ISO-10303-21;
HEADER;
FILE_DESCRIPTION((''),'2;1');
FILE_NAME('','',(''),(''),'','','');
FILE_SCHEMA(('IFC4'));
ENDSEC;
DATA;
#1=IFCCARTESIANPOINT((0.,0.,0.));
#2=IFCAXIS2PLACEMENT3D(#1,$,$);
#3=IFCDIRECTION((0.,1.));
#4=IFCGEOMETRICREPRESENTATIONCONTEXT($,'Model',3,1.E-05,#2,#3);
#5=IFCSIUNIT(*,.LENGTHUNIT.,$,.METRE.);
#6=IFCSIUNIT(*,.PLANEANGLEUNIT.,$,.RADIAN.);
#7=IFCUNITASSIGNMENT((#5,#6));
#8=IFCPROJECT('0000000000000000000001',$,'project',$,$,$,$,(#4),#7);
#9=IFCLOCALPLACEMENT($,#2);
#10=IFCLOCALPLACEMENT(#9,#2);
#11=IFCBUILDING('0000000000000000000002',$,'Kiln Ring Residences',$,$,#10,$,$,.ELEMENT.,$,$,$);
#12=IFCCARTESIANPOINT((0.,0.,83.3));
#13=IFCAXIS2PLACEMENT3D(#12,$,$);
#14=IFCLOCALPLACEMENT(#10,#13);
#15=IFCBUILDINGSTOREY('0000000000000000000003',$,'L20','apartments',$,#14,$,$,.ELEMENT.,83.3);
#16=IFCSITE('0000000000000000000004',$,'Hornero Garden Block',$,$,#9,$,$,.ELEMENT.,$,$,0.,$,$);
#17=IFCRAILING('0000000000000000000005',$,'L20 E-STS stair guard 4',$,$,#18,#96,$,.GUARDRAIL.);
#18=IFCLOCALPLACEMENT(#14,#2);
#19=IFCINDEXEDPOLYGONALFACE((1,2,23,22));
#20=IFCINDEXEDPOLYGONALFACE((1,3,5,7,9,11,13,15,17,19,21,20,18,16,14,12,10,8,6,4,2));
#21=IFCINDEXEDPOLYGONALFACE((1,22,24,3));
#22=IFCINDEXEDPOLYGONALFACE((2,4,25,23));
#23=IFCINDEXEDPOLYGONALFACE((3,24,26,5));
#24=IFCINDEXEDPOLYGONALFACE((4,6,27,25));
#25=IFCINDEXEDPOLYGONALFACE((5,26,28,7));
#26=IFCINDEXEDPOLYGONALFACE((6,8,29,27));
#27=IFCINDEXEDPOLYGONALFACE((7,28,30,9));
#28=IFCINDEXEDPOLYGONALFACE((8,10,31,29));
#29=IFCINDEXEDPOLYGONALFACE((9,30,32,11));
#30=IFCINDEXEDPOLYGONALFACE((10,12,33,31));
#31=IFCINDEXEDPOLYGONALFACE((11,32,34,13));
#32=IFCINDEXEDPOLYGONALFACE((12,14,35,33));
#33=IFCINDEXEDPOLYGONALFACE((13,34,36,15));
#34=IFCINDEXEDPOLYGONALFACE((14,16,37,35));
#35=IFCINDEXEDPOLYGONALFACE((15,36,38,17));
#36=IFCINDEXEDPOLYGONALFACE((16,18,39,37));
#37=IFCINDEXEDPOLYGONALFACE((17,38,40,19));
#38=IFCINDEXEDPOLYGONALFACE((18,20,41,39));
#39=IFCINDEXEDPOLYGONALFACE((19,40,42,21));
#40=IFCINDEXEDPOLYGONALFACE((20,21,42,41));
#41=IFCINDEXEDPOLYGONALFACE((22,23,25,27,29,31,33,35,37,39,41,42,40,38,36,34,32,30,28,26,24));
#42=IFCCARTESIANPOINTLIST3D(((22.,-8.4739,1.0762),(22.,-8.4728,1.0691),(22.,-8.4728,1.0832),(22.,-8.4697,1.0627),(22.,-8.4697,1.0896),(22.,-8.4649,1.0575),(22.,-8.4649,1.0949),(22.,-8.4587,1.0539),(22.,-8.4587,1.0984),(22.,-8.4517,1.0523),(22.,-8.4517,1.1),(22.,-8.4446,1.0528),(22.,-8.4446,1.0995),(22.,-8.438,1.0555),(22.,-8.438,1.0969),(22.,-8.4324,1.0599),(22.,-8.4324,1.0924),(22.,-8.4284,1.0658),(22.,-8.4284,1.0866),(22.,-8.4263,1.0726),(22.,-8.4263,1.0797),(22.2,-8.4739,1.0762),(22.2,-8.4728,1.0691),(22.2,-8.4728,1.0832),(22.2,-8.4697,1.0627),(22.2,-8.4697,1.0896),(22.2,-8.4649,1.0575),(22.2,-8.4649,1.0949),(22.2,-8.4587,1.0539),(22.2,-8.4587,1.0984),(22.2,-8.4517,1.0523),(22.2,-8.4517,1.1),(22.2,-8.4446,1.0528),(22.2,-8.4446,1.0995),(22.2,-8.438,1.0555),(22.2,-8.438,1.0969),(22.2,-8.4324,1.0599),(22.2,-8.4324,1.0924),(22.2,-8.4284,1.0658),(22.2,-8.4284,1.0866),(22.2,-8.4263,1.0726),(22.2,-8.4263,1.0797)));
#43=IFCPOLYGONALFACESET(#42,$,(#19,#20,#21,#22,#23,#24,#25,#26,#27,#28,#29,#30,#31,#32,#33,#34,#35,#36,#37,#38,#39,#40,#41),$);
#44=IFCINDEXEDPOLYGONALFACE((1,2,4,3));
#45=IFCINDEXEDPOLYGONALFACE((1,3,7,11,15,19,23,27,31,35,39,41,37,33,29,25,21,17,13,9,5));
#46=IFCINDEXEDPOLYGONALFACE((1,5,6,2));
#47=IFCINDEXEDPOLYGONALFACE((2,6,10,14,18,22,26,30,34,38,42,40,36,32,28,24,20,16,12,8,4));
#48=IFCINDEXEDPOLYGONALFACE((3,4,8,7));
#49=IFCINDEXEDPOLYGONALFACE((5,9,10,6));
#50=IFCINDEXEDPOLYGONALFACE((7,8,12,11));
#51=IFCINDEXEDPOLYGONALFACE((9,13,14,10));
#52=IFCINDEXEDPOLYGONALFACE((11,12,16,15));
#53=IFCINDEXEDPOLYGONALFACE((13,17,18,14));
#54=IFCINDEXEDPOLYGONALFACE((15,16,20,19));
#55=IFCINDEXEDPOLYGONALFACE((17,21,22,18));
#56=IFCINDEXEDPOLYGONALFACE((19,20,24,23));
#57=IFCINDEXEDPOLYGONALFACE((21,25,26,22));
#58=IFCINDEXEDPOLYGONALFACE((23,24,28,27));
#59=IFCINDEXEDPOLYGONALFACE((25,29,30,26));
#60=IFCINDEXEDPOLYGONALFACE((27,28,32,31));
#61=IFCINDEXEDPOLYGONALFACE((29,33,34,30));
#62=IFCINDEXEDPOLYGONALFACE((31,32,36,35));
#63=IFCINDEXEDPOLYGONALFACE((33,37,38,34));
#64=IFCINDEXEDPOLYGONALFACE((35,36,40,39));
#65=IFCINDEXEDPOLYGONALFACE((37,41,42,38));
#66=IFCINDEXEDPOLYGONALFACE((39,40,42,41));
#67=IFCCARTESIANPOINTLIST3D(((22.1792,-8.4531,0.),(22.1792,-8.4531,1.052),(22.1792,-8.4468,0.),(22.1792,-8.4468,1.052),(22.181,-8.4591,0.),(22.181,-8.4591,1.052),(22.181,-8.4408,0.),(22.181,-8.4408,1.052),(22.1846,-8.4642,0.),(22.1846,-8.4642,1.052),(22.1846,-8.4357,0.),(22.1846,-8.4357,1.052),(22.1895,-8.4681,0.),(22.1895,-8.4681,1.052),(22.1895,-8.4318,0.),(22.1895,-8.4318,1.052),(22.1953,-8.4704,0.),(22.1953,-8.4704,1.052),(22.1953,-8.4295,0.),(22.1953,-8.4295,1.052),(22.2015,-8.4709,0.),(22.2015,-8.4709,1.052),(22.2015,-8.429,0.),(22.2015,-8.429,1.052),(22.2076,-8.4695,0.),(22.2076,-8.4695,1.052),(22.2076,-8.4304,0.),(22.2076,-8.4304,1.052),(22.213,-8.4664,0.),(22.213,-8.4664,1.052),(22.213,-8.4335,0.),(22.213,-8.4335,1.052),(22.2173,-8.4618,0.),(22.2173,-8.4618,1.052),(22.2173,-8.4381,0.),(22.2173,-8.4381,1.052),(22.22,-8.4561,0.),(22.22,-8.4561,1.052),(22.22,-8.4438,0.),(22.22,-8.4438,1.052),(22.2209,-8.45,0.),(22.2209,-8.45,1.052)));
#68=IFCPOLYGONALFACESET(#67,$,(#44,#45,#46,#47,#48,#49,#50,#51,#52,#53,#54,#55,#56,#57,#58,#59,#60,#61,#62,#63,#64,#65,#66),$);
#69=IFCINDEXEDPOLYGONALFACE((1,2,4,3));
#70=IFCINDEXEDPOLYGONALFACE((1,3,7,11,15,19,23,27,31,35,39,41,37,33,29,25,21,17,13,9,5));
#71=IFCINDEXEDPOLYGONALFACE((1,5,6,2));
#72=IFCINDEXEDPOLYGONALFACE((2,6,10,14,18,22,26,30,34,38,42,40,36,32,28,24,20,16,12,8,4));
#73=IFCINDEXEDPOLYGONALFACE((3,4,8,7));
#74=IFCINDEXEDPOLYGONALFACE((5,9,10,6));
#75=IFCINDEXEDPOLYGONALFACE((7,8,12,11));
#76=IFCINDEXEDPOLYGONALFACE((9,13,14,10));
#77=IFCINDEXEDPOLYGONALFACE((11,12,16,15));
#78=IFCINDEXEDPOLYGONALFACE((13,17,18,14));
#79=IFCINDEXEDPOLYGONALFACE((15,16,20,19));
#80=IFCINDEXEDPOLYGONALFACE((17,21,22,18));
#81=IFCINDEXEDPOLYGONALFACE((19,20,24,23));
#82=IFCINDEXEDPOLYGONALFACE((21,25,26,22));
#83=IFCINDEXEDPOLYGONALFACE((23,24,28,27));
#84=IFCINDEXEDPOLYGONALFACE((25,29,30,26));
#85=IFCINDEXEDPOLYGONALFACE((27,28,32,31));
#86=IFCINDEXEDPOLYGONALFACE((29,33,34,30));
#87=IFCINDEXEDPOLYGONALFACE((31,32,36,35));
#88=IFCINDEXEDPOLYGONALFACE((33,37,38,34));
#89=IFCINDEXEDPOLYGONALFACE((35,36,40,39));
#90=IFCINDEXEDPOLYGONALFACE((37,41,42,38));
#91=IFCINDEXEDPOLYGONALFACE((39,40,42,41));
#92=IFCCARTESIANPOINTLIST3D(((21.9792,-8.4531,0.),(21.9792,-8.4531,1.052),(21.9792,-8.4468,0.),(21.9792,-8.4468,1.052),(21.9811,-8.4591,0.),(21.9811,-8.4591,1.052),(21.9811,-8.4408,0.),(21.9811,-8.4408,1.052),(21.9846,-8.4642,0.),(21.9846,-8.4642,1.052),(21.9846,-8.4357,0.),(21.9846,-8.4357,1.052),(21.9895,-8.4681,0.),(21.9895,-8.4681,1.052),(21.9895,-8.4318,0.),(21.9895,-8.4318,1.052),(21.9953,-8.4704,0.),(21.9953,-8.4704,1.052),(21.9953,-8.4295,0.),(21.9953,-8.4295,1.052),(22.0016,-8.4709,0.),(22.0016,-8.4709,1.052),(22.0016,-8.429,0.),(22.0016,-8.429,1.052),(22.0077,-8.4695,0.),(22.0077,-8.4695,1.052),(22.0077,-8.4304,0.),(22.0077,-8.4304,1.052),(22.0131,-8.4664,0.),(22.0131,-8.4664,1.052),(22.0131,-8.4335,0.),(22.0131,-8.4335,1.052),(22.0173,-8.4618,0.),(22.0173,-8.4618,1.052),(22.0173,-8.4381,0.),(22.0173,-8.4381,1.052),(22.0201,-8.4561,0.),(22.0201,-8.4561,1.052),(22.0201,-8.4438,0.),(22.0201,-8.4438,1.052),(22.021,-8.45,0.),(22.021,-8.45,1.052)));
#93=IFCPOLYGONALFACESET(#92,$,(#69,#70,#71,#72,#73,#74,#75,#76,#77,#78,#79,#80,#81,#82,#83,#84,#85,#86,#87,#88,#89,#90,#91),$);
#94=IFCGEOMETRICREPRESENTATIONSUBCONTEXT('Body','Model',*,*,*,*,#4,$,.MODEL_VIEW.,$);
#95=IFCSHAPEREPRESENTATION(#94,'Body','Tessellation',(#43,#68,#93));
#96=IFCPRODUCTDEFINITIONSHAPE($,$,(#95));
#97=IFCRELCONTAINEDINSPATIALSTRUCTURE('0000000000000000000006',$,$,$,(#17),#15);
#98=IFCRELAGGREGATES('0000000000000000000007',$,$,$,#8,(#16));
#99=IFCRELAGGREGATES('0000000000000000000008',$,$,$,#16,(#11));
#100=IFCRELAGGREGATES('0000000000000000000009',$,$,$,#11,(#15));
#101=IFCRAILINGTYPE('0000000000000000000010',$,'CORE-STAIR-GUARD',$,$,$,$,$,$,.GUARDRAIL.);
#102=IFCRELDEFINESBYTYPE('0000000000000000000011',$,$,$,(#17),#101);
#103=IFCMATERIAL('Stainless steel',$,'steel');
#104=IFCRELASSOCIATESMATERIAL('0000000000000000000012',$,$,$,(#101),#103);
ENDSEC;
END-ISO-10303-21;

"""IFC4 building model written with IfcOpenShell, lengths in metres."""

from ifc_helpers import new_model, si_unit, direction, frame, origin, origin_2d, place, context, subcontext, project, spatial, circle, extrude, material, type_object, element, save


model = new_model("IFC4")

# Units and contexts
model_context = context("Model", 3, precision=1e-05, world=origin(), true_north=direction((0.0, 1.0)))
body_context = subcontext(model_context, "Body", "Model", "MODEL_VIEW")
ifc_project = project(units=[si_unit("LENGTHUNIT", "METRE"), si_unit("PLANEANGLEUNIT", "RADIAN")], contexts=[model_context])

# Site, building, storey
site_placement = place(None, origin())
site = spatial("IfcSite", under=ifc_project, at=site_placement, Name="Hornero Garden Block", CompositionType="ELEMENT", RefElevation=0.0)
building_placement = place(site_placement, origin())
building = spatial("IfcBuilding", under=site, at=building_placement, Name="Kiln Ring Residences", CompositionType="ELEMENT")
storey_placement = place(building_placement, frame((0.0, 0.0, 83.3)))
storey = spatial("IfcBuildingStorey", under=building, at=storey_placement, Name="L20", Description="apartments", CompositionType="ELEMENT", Elevation=83.3)

# Railing
ifc_material_1 = material(Name="Stainless steel", Category="steel")
railing_type_1 = type_object("IfcRailingType", Name="CORE-STAIR-GUARD", PredefinedType="GUARDRAIL", material=ifc_material_1)
railing_1_placement = place(storey_placement, frame((22.2, -8.45, 0.0)))
element("IfcRailing", 1, at=railing_1_placement, inside=storey, type_object=railing_type_1, Name="L20 E-STS stair guard 4", PredefinedType="GUARDRAIL", context=body_context, shape_type="SweptSolid", body=[
    extrude(circle(Radius=0.0239, at=origin_2d()), frame((0.0, 0.0, 1.0762), z_axis=(-1.0, 0.0, 0.0), x_axis=(0.0, -1.0, 0.0)), (0.0, 0.0, 1.0), 0.2),
    extrude(circle(Radius=0.021, at=origin_2d()), origin(), (0.0, 0.0, 1.0), 1.052),
    extrude(circle(Radius=0.021, at=origin_2d()), frame((-0.2, 0.0, 0.0)), (0.0, 0.0, 1.0), 1.052),
])

save(model, "model.ifc")
